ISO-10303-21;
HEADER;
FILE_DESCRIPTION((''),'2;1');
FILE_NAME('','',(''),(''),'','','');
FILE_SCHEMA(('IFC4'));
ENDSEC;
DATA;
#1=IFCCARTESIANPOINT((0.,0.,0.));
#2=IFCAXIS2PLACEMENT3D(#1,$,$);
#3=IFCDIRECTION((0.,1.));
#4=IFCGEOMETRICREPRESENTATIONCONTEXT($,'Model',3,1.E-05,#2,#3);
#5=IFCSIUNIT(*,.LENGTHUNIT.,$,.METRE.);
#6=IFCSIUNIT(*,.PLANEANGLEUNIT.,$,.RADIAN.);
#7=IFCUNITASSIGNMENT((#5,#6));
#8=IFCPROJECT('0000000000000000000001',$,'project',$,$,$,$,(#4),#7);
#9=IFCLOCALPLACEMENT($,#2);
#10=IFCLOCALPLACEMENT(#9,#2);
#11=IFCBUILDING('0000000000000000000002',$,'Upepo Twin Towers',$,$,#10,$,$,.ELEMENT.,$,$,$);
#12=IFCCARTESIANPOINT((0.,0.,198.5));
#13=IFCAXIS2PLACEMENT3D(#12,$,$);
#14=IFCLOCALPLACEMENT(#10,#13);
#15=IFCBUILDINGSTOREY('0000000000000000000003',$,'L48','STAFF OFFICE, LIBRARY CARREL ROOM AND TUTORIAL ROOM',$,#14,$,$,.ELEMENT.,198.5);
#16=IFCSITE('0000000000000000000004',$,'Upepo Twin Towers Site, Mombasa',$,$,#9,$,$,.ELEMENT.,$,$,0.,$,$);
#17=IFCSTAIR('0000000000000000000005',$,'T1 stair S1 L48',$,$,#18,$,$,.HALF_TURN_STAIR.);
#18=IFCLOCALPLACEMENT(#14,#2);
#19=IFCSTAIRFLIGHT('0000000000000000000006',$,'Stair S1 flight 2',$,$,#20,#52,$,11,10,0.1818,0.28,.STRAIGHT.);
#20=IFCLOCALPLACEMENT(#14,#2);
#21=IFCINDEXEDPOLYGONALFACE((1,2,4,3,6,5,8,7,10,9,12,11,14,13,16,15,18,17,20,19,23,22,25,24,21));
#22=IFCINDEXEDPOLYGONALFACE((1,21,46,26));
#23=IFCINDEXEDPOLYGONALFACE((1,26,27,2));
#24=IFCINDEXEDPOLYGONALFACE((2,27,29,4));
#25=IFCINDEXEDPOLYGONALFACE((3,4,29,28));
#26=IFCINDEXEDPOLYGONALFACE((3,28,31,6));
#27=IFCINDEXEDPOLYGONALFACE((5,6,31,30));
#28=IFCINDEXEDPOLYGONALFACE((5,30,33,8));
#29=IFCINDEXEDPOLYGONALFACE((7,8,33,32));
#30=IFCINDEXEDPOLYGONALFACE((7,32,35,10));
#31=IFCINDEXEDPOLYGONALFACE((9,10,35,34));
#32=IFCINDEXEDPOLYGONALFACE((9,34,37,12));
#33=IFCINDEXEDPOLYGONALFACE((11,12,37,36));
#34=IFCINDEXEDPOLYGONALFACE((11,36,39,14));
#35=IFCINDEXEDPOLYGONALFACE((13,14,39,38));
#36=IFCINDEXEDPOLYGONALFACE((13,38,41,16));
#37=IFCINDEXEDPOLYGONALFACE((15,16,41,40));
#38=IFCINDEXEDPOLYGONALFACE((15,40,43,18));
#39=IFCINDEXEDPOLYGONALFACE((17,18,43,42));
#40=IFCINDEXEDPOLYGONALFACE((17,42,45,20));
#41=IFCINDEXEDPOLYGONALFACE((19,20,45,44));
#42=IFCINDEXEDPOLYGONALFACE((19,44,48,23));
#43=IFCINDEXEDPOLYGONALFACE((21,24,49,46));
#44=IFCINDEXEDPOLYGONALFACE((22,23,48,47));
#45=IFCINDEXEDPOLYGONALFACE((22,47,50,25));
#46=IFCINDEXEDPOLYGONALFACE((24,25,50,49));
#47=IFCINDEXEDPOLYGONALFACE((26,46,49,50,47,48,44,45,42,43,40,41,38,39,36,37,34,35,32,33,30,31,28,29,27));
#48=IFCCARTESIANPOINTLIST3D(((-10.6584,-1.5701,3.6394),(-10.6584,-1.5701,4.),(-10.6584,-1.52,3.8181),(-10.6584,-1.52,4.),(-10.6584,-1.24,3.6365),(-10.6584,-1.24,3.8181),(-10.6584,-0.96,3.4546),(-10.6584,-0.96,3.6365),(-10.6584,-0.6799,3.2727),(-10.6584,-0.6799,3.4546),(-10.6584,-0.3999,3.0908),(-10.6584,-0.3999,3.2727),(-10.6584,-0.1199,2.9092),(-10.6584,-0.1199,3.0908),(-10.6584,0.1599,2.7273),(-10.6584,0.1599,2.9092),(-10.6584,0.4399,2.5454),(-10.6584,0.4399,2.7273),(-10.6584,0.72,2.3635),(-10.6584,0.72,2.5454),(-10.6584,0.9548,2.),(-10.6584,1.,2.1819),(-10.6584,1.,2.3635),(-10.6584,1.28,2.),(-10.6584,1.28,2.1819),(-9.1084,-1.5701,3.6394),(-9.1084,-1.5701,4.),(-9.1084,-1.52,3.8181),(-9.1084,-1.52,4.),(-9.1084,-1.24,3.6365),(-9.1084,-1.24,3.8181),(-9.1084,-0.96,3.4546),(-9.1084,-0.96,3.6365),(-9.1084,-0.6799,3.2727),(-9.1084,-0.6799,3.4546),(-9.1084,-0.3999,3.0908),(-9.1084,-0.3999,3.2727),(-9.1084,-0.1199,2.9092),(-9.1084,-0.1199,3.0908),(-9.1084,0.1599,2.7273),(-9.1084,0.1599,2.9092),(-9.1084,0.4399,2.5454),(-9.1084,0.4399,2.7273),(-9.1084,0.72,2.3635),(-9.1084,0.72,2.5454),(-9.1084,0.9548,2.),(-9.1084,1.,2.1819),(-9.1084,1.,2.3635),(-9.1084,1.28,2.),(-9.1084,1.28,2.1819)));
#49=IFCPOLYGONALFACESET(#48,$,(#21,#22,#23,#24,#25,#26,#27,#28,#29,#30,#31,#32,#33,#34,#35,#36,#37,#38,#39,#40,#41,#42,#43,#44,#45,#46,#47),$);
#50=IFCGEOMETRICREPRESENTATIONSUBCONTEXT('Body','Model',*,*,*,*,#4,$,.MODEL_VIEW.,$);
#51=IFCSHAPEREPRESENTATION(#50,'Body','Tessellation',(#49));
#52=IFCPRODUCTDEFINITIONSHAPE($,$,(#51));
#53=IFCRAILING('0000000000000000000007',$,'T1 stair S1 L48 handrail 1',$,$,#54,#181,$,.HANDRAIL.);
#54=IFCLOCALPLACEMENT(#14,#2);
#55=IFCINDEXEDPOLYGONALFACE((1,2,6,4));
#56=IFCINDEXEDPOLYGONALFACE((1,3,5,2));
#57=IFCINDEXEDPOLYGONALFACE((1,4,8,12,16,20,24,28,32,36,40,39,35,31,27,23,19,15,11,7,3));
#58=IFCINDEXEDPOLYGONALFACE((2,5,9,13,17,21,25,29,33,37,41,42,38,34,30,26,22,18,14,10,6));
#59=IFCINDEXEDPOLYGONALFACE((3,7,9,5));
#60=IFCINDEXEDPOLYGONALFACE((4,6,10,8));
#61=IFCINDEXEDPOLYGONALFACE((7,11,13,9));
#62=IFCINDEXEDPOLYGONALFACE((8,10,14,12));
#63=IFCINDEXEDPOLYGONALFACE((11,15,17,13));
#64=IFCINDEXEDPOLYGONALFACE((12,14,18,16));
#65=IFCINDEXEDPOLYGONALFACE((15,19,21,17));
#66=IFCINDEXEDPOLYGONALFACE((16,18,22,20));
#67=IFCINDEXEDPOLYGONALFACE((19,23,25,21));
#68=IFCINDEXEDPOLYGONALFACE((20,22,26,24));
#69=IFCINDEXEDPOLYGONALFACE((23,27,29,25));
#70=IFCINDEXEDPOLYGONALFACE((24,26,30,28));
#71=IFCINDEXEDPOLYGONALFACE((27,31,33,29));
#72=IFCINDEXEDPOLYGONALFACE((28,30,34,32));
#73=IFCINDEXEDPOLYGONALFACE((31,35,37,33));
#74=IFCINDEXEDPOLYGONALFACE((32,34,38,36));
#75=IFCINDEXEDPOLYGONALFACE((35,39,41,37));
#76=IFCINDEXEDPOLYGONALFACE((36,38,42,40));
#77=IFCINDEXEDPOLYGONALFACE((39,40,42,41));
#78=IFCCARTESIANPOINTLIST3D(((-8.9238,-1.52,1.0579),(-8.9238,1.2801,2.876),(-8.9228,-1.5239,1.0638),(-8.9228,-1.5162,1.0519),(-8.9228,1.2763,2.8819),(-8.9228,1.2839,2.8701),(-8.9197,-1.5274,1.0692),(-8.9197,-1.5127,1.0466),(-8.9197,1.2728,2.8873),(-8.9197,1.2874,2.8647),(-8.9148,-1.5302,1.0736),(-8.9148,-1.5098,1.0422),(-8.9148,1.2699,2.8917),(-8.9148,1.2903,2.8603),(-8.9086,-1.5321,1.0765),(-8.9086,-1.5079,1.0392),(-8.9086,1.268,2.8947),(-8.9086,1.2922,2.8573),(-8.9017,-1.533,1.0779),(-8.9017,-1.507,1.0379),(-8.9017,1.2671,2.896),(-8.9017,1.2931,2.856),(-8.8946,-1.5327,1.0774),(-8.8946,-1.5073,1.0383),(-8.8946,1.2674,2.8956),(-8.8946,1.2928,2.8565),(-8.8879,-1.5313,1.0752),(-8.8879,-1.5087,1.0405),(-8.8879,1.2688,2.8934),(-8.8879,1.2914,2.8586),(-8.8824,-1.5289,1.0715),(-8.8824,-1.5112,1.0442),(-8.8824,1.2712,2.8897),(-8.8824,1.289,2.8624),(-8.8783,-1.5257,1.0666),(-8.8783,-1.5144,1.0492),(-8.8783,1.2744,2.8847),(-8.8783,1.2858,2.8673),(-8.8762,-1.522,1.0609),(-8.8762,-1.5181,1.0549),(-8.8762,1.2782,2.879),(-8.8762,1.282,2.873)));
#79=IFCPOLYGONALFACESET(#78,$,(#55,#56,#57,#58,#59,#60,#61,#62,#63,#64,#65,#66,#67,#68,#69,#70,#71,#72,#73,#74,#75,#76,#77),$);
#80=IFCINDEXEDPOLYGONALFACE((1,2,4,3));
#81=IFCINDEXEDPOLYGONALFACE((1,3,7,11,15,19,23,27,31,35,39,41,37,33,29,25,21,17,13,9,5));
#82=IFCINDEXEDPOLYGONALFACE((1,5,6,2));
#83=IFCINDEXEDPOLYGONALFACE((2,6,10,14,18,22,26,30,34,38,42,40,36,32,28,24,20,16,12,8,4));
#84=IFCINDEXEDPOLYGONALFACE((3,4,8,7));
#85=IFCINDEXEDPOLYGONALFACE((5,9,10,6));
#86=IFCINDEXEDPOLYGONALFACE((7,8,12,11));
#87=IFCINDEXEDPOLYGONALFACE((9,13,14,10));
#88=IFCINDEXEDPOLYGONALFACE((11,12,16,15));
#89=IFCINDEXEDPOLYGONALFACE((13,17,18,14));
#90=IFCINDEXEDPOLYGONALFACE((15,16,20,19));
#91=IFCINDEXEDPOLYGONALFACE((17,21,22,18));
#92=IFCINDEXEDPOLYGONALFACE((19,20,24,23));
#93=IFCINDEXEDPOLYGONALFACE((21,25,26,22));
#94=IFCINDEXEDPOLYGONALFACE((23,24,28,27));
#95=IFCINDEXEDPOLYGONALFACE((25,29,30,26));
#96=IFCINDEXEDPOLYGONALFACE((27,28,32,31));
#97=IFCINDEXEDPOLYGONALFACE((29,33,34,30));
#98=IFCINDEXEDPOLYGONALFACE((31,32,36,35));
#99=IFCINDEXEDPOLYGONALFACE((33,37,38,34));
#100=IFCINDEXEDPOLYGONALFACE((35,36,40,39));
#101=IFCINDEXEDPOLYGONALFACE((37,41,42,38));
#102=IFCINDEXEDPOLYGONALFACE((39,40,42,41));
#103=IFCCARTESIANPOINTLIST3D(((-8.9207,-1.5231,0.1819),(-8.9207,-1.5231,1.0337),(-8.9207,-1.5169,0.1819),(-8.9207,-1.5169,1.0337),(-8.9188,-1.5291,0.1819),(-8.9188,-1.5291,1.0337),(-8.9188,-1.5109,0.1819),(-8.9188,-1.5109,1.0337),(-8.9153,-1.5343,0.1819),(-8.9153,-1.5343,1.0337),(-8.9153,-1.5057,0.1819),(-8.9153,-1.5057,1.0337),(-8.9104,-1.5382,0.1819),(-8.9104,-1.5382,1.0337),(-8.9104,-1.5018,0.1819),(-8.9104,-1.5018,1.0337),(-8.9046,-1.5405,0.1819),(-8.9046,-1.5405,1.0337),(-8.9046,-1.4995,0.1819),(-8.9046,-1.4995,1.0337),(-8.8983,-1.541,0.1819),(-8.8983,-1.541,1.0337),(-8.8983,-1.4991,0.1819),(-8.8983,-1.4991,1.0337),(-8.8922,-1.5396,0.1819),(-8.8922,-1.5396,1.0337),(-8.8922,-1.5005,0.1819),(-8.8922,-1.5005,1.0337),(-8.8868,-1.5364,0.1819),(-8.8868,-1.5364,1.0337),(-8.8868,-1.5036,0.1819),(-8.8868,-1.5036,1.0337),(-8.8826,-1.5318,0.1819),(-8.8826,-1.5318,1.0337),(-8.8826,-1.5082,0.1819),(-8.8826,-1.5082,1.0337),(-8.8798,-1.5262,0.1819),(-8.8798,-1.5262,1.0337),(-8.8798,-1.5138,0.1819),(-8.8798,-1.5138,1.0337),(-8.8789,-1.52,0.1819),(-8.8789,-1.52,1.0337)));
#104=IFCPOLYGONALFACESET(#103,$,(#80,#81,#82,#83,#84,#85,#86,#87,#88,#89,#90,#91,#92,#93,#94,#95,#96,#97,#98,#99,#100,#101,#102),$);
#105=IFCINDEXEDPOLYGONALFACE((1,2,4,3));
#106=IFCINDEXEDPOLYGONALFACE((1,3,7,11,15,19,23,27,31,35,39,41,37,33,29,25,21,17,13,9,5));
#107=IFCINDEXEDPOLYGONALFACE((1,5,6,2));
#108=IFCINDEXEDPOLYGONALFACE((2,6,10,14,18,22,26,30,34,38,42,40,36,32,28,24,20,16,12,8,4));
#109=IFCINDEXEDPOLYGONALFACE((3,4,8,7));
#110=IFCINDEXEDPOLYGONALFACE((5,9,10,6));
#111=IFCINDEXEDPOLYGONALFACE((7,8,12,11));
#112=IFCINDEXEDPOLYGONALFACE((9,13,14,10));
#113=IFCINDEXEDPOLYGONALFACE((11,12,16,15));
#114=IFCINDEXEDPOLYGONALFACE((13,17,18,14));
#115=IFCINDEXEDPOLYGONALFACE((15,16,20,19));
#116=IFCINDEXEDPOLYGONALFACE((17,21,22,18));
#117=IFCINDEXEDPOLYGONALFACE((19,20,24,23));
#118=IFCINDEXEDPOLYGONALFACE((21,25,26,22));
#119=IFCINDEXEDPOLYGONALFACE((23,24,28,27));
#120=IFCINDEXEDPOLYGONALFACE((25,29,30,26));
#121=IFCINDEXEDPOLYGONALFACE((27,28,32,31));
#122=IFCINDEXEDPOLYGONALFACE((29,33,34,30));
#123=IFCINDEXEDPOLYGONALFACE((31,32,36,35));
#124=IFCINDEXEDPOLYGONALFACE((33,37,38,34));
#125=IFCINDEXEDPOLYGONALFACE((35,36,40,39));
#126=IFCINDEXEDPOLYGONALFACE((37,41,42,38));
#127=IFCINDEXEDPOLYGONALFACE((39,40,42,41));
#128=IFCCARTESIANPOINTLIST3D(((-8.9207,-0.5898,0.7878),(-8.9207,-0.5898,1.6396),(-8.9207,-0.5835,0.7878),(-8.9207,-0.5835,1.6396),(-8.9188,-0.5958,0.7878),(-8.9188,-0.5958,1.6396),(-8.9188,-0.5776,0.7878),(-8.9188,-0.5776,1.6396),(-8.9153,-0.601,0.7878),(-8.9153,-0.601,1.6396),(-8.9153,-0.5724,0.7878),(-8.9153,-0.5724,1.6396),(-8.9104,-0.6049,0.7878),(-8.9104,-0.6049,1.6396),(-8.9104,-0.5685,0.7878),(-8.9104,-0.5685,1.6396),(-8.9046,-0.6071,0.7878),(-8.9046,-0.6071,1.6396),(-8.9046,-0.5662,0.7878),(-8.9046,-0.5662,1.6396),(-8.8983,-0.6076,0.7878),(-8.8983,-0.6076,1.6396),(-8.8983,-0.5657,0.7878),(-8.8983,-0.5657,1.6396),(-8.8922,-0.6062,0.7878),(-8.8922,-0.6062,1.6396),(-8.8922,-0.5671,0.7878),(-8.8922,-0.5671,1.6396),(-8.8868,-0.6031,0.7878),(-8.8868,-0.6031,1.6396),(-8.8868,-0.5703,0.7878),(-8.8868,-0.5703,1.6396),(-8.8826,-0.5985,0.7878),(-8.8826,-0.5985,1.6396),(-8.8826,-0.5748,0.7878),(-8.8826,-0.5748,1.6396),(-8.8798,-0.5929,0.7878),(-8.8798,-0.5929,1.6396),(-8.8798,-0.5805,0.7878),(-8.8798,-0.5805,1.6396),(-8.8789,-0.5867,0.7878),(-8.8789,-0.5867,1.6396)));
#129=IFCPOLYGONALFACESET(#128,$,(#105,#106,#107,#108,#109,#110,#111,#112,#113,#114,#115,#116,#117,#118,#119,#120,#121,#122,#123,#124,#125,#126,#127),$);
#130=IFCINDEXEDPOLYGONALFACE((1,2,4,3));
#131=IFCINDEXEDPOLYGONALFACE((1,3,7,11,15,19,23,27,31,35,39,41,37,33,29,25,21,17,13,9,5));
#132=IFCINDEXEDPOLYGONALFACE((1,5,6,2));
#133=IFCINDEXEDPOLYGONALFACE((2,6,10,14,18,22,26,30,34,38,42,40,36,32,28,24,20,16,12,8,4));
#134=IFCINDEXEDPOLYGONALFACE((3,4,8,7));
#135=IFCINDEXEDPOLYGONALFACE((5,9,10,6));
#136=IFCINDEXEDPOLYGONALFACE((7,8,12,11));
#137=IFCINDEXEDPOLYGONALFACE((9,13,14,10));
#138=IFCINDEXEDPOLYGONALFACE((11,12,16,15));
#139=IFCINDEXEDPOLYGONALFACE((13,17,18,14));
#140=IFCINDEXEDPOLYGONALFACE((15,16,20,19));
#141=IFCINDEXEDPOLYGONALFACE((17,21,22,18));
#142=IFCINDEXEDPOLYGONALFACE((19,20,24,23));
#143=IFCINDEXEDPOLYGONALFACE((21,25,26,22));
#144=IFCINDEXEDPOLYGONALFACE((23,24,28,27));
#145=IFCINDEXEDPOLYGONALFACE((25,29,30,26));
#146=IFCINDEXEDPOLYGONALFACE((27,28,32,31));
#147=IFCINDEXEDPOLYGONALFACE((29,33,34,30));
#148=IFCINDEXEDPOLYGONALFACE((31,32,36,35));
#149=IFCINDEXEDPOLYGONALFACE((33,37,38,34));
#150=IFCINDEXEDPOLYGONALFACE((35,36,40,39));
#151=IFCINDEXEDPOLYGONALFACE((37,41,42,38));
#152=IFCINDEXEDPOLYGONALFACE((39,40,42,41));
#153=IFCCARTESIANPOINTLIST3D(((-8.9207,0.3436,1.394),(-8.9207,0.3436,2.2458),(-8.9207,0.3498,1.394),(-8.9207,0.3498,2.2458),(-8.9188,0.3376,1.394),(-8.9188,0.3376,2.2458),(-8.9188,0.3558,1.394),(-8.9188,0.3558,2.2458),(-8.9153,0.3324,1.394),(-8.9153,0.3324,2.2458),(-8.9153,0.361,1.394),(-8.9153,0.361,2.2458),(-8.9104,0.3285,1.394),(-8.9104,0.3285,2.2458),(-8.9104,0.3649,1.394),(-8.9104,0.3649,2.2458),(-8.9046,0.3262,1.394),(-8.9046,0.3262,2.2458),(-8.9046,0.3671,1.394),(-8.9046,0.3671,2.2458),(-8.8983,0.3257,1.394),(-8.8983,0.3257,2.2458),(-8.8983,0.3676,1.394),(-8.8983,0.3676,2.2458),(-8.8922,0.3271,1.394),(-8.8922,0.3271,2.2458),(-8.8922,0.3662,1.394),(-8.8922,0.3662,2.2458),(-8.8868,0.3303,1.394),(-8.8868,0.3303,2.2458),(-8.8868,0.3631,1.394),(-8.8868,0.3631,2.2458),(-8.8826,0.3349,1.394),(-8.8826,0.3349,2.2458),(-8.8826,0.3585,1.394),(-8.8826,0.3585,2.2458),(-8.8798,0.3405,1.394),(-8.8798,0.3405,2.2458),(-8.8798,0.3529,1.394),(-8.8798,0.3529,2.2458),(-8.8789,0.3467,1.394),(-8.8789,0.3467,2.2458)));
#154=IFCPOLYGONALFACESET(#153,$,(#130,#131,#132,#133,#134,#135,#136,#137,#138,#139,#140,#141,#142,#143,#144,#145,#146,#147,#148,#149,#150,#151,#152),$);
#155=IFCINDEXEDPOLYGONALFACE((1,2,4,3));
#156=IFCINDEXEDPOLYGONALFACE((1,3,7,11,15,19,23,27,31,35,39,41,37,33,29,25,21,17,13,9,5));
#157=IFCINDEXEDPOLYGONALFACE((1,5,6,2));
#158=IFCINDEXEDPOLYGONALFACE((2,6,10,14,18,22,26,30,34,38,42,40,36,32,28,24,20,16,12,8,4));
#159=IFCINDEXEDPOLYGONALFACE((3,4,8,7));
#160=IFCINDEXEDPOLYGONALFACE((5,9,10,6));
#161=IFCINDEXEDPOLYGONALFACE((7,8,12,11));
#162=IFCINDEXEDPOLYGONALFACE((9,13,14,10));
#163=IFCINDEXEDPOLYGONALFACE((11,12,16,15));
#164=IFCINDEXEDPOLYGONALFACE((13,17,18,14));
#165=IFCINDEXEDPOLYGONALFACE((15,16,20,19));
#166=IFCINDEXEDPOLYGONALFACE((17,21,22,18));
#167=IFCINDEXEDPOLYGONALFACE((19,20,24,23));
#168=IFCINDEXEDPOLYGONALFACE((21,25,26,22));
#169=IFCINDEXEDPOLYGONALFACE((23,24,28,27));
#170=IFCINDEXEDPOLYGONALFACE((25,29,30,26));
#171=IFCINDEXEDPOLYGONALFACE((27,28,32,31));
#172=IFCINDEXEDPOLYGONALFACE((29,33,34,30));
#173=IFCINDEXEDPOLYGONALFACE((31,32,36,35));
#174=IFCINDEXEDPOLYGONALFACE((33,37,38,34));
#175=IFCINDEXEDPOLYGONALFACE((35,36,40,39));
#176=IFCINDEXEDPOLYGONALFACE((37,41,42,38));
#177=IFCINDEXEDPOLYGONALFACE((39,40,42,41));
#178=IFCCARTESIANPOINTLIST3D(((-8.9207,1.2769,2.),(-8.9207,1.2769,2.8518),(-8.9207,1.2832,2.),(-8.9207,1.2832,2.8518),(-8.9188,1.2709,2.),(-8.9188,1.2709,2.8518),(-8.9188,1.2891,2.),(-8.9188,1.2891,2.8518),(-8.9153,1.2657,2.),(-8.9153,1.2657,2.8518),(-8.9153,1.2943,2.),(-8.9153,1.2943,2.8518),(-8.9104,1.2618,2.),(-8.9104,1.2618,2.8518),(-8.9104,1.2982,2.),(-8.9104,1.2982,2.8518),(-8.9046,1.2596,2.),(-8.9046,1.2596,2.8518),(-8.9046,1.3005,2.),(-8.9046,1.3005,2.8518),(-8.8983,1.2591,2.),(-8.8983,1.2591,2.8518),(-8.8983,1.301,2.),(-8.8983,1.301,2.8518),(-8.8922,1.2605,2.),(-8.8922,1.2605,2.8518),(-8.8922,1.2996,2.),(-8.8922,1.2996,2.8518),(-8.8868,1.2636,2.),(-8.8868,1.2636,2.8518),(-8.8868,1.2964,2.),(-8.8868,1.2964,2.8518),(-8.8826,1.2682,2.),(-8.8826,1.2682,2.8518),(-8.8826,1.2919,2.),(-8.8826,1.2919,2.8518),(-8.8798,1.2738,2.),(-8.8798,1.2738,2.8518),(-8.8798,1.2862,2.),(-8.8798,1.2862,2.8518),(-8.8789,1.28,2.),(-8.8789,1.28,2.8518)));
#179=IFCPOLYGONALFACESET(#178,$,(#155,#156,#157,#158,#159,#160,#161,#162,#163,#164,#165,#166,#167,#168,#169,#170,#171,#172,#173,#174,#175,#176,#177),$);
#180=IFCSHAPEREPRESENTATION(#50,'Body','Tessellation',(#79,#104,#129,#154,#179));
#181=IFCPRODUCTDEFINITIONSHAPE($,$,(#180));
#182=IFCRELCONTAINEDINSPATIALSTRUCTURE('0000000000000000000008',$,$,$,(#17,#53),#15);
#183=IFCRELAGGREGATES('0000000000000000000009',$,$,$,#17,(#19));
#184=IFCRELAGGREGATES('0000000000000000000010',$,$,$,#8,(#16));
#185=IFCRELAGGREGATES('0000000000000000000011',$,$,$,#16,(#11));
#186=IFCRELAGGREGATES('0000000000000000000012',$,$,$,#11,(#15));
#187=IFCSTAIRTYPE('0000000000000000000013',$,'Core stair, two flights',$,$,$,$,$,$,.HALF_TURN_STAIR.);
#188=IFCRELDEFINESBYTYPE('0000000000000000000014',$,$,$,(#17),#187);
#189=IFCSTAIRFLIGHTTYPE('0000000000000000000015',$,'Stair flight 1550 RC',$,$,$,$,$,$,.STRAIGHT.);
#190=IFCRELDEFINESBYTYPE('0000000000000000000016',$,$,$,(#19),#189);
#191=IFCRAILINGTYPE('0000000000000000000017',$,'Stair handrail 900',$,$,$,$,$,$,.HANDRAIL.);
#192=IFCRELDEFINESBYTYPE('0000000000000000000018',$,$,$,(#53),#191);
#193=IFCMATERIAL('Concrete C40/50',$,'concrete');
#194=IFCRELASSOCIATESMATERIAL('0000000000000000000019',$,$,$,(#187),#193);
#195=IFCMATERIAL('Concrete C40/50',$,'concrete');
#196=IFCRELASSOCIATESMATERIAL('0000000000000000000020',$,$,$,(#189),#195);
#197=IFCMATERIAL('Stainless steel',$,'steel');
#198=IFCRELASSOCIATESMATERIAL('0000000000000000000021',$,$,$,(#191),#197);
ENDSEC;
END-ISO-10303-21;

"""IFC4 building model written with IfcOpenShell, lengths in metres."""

from ifc_helpers import new_model, si_unit, direction, frame, origin, origin_2d, place, context, subcontext, project, spatial, polyline, circle, outline, extrude, material, type_object, element, aggregate, save


model = new_model("IFC4")

# Units and contexts
model_context = context("Model", 3, precision=1e-05, world=origin(), true_north=direction((0.0, 1.0)))
body_context = subcontext(model_context, "Body", "Model", "MODEL_VIEW")
ifc_project = project(units=[si_unit("LENGTHUNIT", "METRE"), si_unit("PLANEANGLEUNIT", "RADIAN")], contexts=[model_context])

# Site, building, storey
site_placement = place(None, origin())
site = spatial("IfcSite", under=ifc_project, at=site_placement, Name="Upepo Twin Towers Site, Mombasa", CompositionType="ELEMENT", RefElevation=0.0)
building_placement = place(site_placement, origin())
building = spatial("IfcBuilding", under=site, at=building_placement, Name="Upepo Twin Towers", CompositionType="ELEMENT")
storey_placement = place(building_placement, frame((0.0, 0.0, 198.5)))
storey = spatial("IfcBuildingStorey", under=building, at=storey_placement, Name="L48", Description="STAFF OFFICE, LIBRARY CARREL ROOM AND TUTORIAL ROOM", CompositionType="ELEMENT", Elevation=198.5)

# Stair
ifc_material_1 = material(Name="Concrete C40/50", Category="concrete")
stair_type = type_object("IfcStairType", Name="Core stair, two flights", PredefinedType="HALF_TURN_STAIR", material=ifc_material_1)
stair_placement = place(storey_placement, origin())
stair = element("IfcStair", 1, at=stair_placement, inside=storey, type_object=stair_type, Name="T1 stair S1 L48", PredefinedType="HALF_TURN_STAIR")

# Stair flight
ifc_material_2 = material(Name="Concrete C40/50", Category="concrete")
stair_flight_type = type_object("IfcStairFlightType", Name="Stair flight 1550 RC", PredefinedType="STRAIGHT", material=ifc_material_2)
stair_flight_1_placement = place(storey_placement, frame((-9.8833, 1.28, 2.0), z_axis=(0.0, 0.0, 1.0), x_axis=(0.0, -1.0, 0.0)))
stair_flight_1 = element("IfcStairFlight", 2, at=stair_flight_1_placement, type_object=stair_flight_type, Name="Stair S1 flight 2", NumberOfRisers=11, NumberOfTreads=10, PredefinedType="STRAIGHT", RiserHeight=0.1818, TreadLength=0.28, context=body_context, shape_type="SweptSolid", body=[
    extrude(outline(polyline([(0.0, 0.0), (0.0, 0.1819), (0.28, 0.1819), (0.28, 0.3635), (0.5601, 0.3635), (0.5601, 0.5454), (0.8401, 0.5454), (0.8401, 0.7273), (1.1201, 0.7273), (1.1201, 0.9092), (1.3999, 0.9092), (1.3999, 1.0908), (1.6799, 1.0908), (1.6799, 1.2727), (1.96, 1.2727), (1.96, 1.4546), (2.24, 1.4546), (2.24, 1.6365), (2.52, 1.6365), (2.52, 1.8181), (2.8, 1.8181), (2.8, 2.0), (2.8501, 2.0), (2.8501, 1.6394), (0.3252, 0.0), (0.0, 0.0)])), frame((0.0, 0.7749, 0.0), z_axis=(0.0, -1.0, 0.0), x_axis=(1.0, 0.0, 0.0)), (0.0, 0.0, 1.0), 1.55),
])
aggregate(stair, [stair_flight_1])

# Railing
ifc_material_3 = material(Name="Stainless steel", Category="steel")
railing_type = type_object("IfcRailingType", Name="Stair handrail 900", PredefinedType="HANDRAIL", material=ifc_material_3)
railing_1_placement = place(storey_placement, frame((-8.8999, -1.52, 0.1819)))
element("IfcRailing", 3, at=railing_1_placement, inside=storey, type_object=railing_type, Name="T1 stair S1 L48 handrail 1", PredefinedType="HANDRAIL", context=body_context, shape_type="SweptSolid", body=[
    extrude(circle(Radius=0.0239, at=origin_2d()), frame((0.0, 0.0, 0.876), z_axis=(0.0, 0.838706, 0.544585), x_axis=(-1.0, 0.0, 0.0)), (0.0, 0.0, 1.0), 3.3386),
    extrude(circle(Radius=0.021, at=origin_2d()), origin(), (0.0, 0.0, 1.0), 0.8518),
    extrude(circle(Radius=0.021, at=origin_2d()), frame((0.0, 0.9333, 0.606)), (0.0, 0.0, 1.0), 0.8518),
    extrude(circle(Radius=0.021, at=origin_2d()), frame((0.0, 1.8667, 1.2122)), (0.0, 0.0, 1.0), 0.8518),
    extrude(circle(Radius=0.021, at=origin_2d()), frame((0.0, 2.8, 1.8181)), (0.0, 0.0, 1.0), 0.8518),
])

save(model, "model.ifc")
